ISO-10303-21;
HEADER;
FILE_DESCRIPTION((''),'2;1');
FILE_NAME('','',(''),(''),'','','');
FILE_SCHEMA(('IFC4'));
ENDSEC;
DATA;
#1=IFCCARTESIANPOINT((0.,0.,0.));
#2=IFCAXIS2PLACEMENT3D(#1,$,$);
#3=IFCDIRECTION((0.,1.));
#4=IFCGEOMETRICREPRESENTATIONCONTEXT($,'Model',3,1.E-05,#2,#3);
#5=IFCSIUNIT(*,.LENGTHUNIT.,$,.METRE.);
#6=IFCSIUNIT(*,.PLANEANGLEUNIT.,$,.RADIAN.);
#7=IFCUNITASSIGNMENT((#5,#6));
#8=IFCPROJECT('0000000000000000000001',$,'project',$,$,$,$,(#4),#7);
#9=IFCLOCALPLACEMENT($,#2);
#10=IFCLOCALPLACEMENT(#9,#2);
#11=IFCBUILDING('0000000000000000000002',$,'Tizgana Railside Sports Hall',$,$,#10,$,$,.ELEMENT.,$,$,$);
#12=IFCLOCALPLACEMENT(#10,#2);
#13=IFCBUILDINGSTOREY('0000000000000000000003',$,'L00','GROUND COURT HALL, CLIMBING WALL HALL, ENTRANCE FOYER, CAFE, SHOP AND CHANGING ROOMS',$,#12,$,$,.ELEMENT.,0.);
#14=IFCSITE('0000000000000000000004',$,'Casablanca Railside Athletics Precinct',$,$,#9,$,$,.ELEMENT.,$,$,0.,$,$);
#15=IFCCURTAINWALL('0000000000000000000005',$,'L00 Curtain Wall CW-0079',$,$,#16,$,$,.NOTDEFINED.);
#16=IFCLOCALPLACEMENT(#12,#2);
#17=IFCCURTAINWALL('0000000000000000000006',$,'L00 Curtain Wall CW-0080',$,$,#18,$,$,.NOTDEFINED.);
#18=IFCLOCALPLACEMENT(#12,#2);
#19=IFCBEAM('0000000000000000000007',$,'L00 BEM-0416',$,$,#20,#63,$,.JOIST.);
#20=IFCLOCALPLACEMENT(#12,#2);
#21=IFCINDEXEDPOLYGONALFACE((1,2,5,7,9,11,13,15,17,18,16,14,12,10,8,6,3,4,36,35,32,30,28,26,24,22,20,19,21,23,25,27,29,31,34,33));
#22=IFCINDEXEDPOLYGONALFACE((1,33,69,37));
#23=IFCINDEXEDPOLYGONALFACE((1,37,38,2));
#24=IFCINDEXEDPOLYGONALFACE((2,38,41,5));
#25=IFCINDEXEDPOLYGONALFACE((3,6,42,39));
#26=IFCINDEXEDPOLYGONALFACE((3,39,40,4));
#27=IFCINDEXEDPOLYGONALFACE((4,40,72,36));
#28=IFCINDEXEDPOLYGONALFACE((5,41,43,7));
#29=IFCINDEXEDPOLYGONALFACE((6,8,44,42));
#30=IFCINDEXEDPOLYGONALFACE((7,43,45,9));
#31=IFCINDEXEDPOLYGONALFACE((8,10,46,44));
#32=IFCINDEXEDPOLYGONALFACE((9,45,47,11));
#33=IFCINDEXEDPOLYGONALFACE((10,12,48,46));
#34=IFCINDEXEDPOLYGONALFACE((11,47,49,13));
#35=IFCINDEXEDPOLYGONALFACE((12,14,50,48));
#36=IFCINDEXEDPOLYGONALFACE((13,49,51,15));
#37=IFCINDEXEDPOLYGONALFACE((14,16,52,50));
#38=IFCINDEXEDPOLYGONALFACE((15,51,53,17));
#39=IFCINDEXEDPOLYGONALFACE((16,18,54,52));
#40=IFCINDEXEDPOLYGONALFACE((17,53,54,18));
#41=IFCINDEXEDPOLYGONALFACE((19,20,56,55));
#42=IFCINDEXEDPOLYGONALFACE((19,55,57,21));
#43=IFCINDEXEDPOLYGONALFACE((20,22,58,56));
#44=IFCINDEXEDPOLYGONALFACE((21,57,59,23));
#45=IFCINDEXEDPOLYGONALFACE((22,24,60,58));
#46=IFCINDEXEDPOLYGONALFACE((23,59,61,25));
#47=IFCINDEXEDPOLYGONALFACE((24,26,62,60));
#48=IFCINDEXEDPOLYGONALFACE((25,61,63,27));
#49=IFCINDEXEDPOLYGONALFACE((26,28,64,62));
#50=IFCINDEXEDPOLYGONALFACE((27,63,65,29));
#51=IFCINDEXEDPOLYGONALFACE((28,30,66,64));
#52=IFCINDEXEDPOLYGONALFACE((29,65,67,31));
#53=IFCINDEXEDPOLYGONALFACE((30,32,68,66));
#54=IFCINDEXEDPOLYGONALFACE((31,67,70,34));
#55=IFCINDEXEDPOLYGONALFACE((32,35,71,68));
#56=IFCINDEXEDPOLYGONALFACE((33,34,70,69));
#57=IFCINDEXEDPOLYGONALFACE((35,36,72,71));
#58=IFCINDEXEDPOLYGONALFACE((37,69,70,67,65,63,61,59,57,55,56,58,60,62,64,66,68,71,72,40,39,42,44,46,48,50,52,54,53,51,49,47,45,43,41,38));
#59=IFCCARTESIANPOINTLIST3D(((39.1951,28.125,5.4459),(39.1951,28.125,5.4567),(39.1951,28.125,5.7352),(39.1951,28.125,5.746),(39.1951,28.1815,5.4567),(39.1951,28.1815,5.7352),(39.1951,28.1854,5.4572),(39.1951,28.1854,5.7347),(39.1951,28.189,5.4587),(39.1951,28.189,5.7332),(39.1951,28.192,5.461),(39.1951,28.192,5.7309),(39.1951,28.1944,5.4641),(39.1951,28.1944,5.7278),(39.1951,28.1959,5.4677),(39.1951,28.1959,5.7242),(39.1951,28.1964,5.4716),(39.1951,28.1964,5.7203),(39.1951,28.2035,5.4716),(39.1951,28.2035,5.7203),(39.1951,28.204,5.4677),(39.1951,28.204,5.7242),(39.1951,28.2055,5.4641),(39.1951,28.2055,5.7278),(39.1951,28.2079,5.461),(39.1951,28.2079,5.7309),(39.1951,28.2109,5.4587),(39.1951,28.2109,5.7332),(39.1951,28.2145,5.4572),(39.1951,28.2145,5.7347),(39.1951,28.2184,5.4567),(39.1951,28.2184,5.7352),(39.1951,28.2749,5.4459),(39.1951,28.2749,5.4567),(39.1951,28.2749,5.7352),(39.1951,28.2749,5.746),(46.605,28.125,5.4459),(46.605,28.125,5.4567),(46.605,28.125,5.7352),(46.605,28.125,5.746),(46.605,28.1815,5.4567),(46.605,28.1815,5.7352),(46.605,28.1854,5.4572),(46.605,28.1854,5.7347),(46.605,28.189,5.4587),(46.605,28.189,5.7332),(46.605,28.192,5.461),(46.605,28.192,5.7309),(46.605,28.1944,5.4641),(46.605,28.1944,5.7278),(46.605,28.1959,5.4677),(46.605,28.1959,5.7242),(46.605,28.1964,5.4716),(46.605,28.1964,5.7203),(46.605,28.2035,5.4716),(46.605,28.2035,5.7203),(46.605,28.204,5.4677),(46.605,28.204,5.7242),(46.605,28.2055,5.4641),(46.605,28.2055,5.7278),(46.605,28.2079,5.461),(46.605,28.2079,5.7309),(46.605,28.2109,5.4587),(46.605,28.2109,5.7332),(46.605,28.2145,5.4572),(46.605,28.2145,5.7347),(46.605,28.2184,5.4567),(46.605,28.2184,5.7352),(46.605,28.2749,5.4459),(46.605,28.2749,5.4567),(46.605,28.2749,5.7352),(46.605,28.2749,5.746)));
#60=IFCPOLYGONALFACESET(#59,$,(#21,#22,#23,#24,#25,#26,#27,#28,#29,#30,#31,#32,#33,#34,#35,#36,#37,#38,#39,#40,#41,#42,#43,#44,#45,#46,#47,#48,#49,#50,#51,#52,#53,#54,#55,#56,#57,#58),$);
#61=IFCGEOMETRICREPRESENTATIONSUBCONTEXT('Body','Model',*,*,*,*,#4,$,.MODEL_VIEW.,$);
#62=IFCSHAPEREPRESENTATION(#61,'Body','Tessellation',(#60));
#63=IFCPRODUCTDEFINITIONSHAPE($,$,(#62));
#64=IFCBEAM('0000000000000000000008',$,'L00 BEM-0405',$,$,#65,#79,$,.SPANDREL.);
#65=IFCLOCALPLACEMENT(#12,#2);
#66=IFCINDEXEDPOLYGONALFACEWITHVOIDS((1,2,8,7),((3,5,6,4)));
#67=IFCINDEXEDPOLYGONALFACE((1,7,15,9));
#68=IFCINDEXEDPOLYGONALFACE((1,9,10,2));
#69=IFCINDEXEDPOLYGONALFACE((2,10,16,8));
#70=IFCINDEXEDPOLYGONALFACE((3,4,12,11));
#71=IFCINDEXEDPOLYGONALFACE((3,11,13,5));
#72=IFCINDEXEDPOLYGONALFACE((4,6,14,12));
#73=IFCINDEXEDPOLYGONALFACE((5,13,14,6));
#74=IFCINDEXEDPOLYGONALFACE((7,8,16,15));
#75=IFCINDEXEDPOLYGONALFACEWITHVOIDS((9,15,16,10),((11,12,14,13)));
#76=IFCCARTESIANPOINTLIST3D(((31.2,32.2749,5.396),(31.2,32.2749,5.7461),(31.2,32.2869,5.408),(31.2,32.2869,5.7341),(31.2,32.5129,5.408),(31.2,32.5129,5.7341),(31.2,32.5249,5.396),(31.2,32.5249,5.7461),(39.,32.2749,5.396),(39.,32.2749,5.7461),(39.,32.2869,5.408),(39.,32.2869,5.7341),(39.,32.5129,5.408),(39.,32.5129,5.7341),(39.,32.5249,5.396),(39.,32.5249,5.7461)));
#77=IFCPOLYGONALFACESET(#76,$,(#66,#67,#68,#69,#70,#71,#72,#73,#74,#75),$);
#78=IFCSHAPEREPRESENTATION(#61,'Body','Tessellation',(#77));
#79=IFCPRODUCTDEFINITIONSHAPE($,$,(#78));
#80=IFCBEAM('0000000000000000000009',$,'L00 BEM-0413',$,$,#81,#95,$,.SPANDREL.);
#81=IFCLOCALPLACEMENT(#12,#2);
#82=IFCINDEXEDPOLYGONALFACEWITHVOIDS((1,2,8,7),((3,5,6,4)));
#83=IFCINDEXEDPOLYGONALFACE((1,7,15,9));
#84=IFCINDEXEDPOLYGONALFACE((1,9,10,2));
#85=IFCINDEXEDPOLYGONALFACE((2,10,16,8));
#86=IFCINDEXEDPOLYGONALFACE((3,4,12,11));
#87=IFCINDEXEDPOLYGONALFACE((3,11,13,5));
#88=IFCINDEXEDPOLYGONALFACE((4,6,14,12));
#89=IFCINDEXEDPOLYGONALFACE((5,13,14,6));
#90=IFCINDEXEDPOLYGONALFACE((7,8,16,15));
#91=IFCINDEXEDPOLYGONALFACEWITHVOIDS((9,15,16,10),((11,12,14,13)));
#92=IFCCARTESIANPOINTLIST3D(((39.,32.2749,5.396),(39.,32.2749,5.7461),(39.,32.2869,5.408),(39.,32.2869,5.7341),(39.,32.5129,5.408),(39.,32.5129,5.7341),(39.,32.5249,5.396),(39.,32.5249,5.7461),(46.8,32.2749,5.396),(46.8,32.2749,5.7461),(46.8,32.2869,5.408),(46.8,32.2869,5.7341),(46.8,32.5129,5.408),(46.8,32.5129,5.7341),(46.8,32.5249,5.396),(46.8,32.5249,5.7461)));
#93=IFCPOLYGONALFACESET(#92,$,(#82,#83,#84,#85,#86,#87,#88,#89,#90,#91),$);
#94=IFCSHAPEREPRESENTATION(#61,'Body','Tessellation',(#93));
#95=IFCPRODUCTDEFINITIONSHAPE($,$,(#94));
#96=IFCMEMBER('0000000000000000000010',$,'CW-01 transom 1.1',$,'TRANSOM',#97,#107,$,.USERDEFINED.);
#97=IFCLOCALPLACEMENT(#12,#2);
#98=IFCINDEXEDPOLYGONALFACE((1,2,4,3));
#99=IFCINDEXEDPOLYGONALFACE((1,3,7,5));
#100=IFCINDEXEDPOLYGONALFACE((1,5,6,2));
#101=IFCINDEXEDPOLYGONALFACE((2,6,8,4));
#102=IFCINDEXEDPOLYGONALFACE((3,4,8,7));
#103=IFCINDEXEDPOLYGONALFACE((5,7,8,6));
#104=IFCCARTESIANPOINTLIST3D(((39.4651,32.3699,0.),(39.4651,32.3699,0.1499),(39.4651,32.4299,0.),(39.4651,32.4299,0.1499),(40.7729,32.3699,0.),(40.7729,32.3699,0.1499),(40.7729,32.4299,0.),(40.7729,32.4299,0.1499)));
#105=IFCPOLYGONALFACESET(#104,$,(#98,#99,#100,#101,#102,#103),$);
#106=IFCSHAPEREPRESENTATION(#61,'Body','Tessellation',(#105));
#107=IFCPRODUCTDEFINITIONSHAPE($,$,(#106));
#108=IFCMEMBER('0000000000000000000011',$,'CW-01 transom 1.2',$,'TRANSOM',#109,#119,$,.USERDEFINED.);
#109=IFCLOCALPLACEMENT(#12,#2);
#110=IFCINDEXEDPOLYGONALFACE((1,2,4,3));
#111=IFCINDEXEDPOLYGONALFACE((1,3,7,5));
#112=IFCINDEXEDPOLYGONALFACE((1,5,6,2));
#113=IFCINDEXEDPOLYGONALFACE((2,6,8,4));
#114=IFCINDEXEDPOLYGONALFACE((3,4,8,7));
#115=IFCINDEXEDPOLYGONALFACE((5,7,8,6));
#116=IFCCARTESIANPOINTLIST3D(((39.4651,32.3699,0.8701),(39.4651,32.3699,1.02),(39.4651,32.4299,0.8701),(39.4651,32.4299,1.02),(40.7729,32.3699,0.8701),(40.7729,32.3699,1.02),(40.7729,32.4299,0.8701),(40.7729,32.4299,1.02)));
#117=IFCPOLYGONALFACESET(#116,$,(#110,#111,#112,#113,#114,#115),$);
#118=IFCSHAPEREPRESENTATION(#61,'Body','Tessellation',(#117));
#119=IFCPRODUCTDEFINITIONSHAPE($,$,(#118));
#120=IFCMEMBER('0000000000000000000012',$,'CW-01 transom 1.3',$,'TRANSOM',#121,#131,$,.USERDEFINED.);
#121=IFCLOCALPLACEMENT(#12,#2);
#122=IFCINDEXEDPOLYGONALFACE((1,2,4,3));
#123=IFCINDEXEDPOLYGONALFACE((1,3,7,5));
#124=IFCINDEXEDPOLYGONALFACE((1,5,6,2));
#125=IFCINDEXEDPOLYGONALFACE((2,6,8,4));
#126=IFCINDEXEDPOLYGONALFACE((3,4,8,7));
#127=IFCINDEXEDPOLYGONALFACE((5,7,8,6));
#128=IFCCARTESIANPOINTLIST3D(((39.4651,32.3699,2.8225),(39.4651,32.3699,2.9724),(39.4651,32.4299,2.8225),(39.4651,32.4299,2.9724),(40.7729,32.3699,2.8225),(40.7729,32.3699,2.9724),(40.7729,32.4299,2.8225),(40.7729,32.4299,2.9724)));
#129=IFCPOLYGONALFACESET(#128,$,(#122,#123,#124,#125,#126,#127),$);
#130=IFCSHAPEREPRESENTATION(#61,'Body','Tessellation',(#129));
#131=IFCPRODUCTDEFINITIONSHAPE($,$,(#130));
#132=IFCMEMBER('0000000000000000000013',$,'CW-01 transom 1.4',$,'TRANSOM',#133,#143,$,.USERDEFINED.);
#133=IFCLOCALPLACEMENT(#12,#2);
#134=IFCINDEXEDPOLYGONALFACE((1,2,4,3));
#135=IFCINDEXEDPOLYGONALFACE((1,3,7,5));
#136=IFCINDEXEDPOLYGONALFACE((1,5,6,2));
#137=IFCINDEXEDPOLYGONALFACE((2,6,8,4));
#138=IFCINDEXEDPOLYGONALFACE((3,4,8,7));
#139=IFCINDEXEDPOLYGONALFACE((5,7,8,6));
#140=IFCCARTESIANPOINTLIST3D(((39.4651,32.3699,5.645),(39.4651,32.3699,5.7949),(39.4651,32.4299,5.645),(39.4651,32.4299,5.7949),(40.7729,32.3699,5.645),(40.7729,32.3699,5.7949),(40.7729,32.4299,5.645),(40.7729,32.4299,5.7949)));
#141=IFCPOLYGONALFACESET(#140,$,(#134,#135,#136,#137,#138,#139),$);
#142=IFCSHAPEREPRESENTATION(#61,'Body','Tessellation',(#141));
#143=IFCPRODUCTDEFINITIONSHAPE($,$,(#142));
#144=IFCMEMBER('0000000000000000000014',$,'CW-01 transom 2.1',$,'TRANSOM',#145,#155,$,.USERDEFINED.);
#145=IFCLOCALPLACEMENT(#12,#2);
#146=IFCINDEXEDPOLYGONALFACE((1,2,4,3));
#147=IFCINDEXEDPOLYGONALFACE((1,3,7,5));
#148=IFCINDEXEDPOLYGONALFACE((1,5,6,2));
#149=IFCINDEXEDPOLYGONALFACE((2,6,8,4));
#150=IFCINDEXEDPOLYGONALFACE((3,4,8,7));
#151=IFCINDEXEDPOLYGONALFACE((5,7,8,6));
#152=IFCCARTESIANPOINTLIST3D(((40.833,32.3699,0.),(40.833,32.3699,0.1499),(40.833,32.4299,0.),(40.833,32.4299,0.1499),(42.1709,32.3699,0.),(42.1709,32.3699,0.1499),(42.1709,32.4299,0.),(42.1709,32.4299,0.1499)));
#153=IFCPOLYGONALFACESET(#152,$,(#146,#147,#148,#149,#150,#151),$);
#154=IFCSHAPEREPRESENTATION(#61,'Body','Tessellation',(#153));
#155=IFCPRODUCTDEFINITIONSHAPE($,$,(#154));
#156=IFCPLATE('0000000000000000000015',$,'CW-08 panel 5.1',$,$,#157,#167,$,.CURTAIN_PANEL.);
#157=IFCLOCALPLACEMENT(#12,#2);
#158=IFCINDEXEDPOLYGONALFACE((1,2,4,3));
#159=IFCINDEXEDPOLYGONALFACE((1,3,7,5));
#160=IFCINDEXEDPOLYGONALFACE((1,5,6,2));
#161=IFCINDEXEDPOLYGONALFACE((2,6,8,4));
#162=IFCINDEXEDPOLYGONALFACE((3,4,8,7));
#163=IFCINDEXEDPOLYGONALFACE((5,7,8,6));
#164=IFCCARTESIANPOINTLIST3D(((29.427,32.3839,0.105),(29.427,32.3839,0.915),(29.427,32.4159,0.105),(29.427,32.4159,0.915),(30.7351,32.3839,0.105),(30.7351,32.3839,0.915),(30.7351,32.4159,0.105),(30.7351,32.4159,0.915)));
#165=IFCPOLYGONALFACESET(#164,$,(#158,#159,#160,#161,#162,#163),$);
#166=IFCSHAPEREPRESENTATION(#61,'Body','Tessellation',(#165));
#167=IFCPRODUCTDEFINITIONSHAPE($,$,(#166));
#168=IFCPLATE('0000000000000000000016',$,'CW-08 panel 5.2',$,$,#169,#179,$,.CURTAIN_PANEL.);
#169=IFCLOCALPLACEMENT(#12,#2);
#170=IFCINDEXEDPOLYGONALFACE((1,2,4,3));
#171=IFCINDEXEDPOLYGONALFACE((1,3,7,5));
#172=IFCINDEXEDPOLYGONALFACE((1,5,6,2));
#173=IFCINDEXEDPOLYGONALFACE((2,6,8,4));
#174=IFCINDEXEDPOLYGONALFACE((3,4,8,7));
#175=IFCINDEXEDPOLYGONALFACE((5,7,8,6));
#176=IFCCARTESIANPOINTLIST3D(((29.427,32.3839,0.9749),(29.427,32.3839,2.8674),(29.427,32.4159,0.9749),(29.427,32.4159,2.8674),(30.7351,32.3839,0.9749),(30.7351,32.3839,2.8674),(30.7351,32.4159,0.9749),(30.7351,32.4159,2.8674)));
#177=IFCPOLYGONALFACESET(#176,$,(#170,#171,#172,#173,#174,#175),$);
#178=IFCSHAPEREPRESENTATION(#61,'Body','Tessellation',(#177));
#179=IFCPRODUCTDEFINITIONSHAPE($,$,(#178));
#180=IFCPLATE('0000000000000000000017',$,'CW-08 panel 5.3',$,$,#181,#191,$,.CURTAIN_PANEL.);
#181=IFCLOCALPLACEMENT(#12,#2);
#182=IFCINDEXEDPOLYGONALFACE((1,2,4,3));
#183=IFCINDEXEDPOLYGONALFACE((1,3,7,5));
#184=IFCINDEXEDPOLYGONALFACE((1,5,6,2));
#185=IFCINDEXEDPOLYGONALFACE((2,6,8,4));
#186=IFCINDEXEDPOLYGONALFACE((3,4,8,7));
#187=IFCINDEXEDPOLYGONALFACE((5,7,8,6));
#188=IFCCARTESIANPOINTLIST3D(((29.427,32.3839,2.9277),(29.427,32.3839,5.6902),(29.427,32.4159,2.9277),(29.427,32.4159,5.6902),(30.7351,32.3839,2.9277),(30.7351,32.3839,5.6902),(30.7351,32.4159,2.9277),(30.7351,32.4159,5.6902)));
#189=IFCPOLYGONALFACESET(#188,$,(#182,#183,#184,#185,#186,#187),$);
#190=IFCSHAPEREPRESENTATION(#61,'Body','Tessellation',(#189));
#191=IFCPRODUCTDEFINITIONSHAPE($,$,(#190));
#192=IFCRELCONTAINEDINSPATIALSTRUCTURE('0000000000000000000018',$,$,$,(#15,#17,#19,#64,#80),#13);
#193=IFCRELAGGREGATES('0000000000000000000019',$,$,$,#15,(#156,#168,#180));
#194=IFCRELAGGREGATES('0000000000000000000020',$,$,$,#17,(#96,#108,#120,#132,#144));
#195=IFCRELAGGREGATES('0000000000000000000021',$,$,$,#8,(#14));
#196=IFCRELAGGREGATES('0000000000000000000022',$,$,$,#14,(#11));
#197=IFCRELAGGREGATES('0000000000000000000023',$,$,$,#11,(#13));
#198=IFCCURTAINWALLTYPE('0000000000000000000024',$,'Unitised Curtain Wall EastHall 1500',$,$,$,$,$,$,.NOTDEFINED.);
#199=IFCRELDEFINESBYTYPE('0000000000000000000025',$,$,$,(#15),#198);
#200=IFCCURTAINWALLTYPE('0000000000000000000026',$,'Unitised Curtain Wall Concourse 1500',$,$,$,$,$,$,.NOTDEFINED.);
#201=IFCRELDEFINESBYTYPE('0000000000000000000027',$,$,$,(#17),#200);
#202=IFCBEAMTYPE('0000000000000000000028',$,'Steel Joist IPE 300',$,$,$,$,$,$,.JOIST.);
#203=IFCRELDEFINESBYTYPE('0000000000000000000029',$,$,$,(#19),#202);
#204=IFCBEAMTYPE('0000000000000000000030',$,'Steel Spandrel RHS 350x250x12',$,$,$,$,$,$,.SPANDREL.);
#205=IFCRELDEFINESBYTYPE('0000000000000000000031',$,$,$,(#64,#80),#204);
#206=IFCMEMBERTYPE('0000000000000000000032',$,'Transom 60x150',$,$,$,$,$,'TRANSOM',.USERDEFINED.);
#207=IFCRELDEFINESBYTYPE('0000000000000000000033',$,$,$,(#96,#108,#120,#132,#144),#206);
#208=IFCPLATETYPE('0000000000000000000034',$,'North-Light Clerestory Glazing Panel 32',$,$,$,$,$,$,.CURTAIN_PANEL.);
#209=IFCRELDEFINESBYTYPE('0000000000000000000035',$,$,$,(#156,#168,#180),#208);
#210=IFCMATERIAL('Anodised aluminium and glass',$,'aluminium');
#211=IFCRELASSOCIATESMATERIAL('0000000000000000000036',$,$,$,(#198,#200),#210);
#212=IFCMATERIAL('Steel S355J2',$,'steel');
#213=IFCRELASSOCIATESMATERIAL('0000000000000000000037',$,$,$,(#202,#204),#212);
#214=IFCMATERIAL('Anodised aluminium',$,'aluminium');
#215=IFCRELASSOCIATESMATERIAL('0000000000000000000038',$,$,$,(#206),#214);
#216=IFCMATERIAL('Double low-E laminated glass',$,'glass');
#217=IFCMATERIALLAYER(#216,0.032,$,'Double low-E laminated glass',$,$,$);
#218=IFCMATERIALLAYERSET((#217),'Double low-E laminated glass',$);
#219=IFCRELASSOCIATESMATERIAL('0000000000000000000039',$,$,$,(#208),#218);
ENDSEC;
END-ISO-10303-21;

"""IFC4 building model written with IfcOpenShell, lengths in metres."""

from ifc_helpers import new_model, si_unit, direction, frame, origin, origin_2d, place, context, subcontext, project, spatial, rectangle, hollow_rectangle, i_section, extrude, material, layer, layer_set, material_profile, profile_set, type_object, element, aggregate, save


model = new_model("IFC4")

# Units and contexts
model_context = context("Model", 3, precision=1e-05, world=origin(), true_north=direction((0.0, 1.0)))
body_context = subcontext(model_context, "Body", "Model", "MODEL_VIEW")
ifc_project = project(units=[si_unit("LENGTHUNIT", "METRE"), si_unit("PLANEANGLEUNIT", "RADIAN")], contexts=[model_context])

# Site, building, storey
site_placement = place(None, origin())
site = spatial("IfcSite", under=ifc_project, at=site_placement, Name="Casablanca Railside Athletics Precinct", CompositionType="ELEMENT", RefElevation=0.0)
building_placement = place(site_placement, origin())
building = spatial("IfcBuilding", under=site, at=building_placement, Name="Tizgana Railside Sports Hall", CompositionType="ELEMENT")
storey_placement = place(building_placement, origin())
storey = spatial("IfcBuildingStorey", under=building, at=storey_placement, Name="L00", Description="GROUND COURT HALL, CLIMBING WALL HALL, ENTRANCE FOYER, CAFE, SHOP AND CHANGING ROOMS", CompositionType="ELEMENT", Elevation=0.0)

# Curtain wall
ifc_material_1 = material(Name="Anodised aluminium and glass", Category="aluminium")
curtain_wall_type_1 = type_object("IfcCurtainWallType", Name="Unitised Curtain Wall EastHall 1500", PredefinedType="NOTDEFINED", material=ifc_material_1)
curtain_wall_1_placement = place(storey_placement, origin())
curtain_wall_1 = element("IfcCurtainWall", 1, at=curtain_wall_1_placement, inside=storey, type_object=curtain_wall_type_1, Name="L00 Curtain Wall CW-0079", PredefinedType="NOTDEFINED")
ifc_material_2 = material(Name="Anodised aluminium", Category="aluminium")

# Curtain wall
curtain_wall_type_2 = type_object("IfcCurtainWallType", Name="Unitised Curtain Wall Concourse 1500", PredefinedType="NOTDEFINED", material=ifc_material_1)
curtain_wall_2_placement = place(storey_placement, origin())
curtain_wall_2 = element("IfcCurtainWall", 2, at=curtain_wall_2_placement, inside=storey, type_object=curtain_wall_type_2, Name="L00 Curtain Wall CW-0080", PredefinedType="NOTDEFINED")

# Beams
ifc_material_3 = material(Name="Steel S355J2", Category="steel")
ifc_material_profile_1 = material_profile(ifc_material_3, i_section(OverallWidth=0.1499, OverallDepth=0.3, WebThickness=0.0071, FlangeThickness=0.0107, FilletRadius=0.0149, at=origin_2d()), Name="IPE 300")
ifc_profile_set_1 = profile_set([ifc_material_profile_1], Name="Steel S355J2")
beam_type_1 = type_object("IfcBeamType", Name="Steel Joist IPE 300", PredefinedType="JOIST", material=ifc_profile_set_1)
for number, where, z_axis, x_axis, name in (
    (3, (39.1951, 28.2, 5.5959), (1.0, 0.0, 0.0), (0.0, 1.0, 0.0), "L00 BEM-0416"),
):
    element("IfcBeam", number, at=place(storey_placement, frame(where, z_axis=z_axis, x_axis=x_axis)), inside=storey, type_object=beam_type_1, Name=name, PredefinedType="JOIST", context=body_context, shape_type="SweptSolid", body=[
        extrude(i_section(OverallWidth=0.1499, OverallDepth=0.3, WebThickness=0.0071, FlangeThickness=0.0107, FilletRadius=0.0149, at=origin_2d()), origin(), (0.0, 0.0, 1.0), 7.4099),
    ])
ifc_material_profile_2 = material_profile(ifc_material_3, hollow_rectangle(XDim=0.25, YDim=0.3501, WallThickness=0.012, at=origin_2d()), Name="RHS 350x250x12")
ifc_profile_set_2 = profile_set([ifc_material_profile_2], Name="Steel S355J2")
beam_type_2 = type_object("IfcBeamType", Name="Steel Spandrel RHS 350x250x12", PredefinedType="SPANDREL", material=ifc_profile_set_2)
for number, where, z_axis, x_axis, name in (
    (4, (31.2, 32.3999, 5.571), (1.0, 0.0, 0.0), (0.0, 1.0, 0.0), "L00 BEM-0405"),
    (5, (39.0, 32.3999, 5.571), (1.0, 0.0, 0.0), (0.0, 1.0, 0.0), "L00 BEM-0413"),
):
    element("IfcBeam", number, at=place(storey_placement, frame(where, z_axis=z_axis, x_axis=x_axis)), inside=storey, type_object=beam_type_2, Name=name, PredefinedType="SPANDREL", context=body_context, shape_type="SweptSolid", body=[
        extrude(hollow_rectangle(XDim=0.25, YDim=0.3501, WallThickness=0.012, at=origin_2d()), origin(), (0.0, 0.0, 1.0), 7.8),
    ])

# Members
ifc_material_profile_3 = material_profile(ifc_material_2, rectangle(XDim=0.0601, YDim=0.1499, at=origin_2d()), Name="Transom 60x150")
ifc_profile_set_3 = profile_set([ifc_material_profile_3], Name="Anodised aluminium")
member_type_1 = type_object("IfcMemberType", Name="Transom 60x150", ElementType="TRANSOM", PredefinedType="USERDEFINED", material=ifc_profile_set_3)
member_1_placement = place(storey_placement, frame((39.4651, 32.3999, 0.075), z_axis=(1.0, 0.0, 0.0), x_axis=(0.0, 1.0, 0.0)))
member_1 = element("IfcMember", 6, at=member_1_placement, type_object=member_type_1, Name="CW-01 transom 1.1", ObjectType="TRANSOM", PredefinedType="USERDEFINED", context=body_context, shape_type="SweptSolid", body=[
    extrude(rectangle(XDim=0.0601, YDim=0.1499, at=origin_2d()), origin(), (0.0, 0.0, 1.0), 1.3079),
])
member_2_placement = place(storey_placement, frame((39.4651, 32.3999, 0.9451), z_axis=(1.0, 0.0, 0.0), x_axis=(0.0, 1.0, 0.0)))
member_2 = element("IfcMember", 7, at=member_2_placement, type_object=member_type_1, Name="CW-01 transom 1.2", ObjectType="TRANSOM", PredefinedType="USERDEFINED", context=body_context, shape_type="SweptSolid", body=[
    extrude(rectangle(XDim=0.0601, YDim=0.1499, at=origin_2d()), origin(), (0.0, 0.0, 1.0), 1.3079),
])
member_3_placement = place(storey_placement, frame((39.4651, 32.3999, 2.8975), z_axis=(1.0, 0.0, 0.0), x_axis=(0.0, 1.0, 0.0)))
member_3 = element("IfcMember", 8, at=member_3_placement, type_object=member_type_1, Name="CW-01 transom 1.3", ObjectType="TRANSOM", PredefinedType="USERDEFINED", context=body_context, shape_type="SweptSolid", body=[
    extrude(rectangle(XDim=0.0601, YDim=0.1499, at=origin_2d()), origin(), (0.0, 0.0, 1.0), 1.3079),
])
member_4_placement = place(storey_placement, frame((39.4651, 32.3999, 5.72), z_axis=(1.0, 0.0, 0.0), x_axis=(0.0, 1.0, 0.0)))
member_4 = element("IfcMember", 9, at=member_4_placement, type_object=member_type_1, Name="CW-01 transom 1.4", ObjectType="TRANSOM", PredefinedType="USERDEFINED", context=body_context, shape_type="SweptSolid", body=[
    extrude(rectangle(XDim=0.0601, YDim=0.1499, at=origin_2d()), origin(), (0.0, 0.0, 1.0), 1.3079),
])
member_5_placement = place(storey_placement, frame((40.833, 32.3999, 0.075), z_axis=(1.0, 0.0, 0.0), x_axis=(0.0, 1.0, 0.0)))
member_5 = element("IfcMember", 10, at=member_5_placement, type_object=member_type_1, Name="CW-01 transom 2.1", ObjectType="TRANSOM", PredefinedType="USERDEFINED", context=body_context, shape_type="SweptSolid", body=[
    extrude(rectangle(XDim=0.0601, YDim=0.1499, at=origin_2d()), origin(), (0.0, 0.0, 1.0), 1.3379),
])

# Plates
ifc_material_4 = material(Name="Double low-E laminated glass", Category="glass")
ifc_layer_1 = layer(ifc_material_4, 0.032, Name="Double low-E laminated glass")
ifc_layer_set_1 = layer_set([ifc_layer_1], Name="Double low-E laminated glass")
plate_type_1 = type_object("IfcPlateType", Name="North-Light Clerestory Glazing Panel 32", PredefinedType="CURTAIN_PANEL", material=ifc_layer_set_1)
plate_1_placement = place(storey_placement, frame((30.0811, 32.3999, 0.105), z_axis=(0.0, 0.0, 1.0), x_axis=(1.0, 0.0, 0.0)))
plate_1 = element("IfcPlate", 11, at=plate_1_placement, type_object=plate_type_1, Name="CW-08 panel 5.1", PredefinedType="CURTAIN_PANEL", context=body_context, shape_type="SweptSolid", body=[
    extrude(rectangle(XDim=1.3081, YDim=0.032, at=origin_2d()), origin(), (0.0, 0.0, 1.0), 0.8101),
])
plate_2_placement = place(storey_placement, frame((30.0811, 32.3999, 0.9749), z_axis=(0.0, 0.0, 1.0), x_axis=(1.0, 0.0, 0.0)))
plate_2 = element("IfcPlate", 12, at=plate_2_placement, type_object=plate_type_1, Name="CW-08 panel 5.2", PredefinedType="CURTAIN_PANEL", context=body_context, shape_type="SweptSolid", body=[
    extrude(rectangle(XDim=1.3081, YDim=0.032, at=origin_2d()), origin(), (0.0, 0.0, 1.0), 1.8926),
])
plate_3_placement = place(storey_placement, frame((30.0811, 32.3999, 2.9277), z_axis=(0.0, 0.0, 1.0), x_axis=(1.0, 0.0, 0.0)))
plate_3 = element("IfcPlate", 13, at=plate_3_placement, type_object=plate_type_1, Name="CW-08 panel 5.3", PredefinedType="CURTAIN_PANEL", context=body_context, shape_type="SweptSolid", body=[
    extrude(rectangle(XDim=1.3081, YDim=0.032, at=origin_2d()), origin(), (0.0, 0.0, 1.0), 2.7625),
])
aggregate(curtain_wall_1, [plate_1, plate_2, plate_3])
aggregate(curtain_wall_2, [member_1, member_2, member_3, member_4, member_5])

save(model, "model.ifc")
